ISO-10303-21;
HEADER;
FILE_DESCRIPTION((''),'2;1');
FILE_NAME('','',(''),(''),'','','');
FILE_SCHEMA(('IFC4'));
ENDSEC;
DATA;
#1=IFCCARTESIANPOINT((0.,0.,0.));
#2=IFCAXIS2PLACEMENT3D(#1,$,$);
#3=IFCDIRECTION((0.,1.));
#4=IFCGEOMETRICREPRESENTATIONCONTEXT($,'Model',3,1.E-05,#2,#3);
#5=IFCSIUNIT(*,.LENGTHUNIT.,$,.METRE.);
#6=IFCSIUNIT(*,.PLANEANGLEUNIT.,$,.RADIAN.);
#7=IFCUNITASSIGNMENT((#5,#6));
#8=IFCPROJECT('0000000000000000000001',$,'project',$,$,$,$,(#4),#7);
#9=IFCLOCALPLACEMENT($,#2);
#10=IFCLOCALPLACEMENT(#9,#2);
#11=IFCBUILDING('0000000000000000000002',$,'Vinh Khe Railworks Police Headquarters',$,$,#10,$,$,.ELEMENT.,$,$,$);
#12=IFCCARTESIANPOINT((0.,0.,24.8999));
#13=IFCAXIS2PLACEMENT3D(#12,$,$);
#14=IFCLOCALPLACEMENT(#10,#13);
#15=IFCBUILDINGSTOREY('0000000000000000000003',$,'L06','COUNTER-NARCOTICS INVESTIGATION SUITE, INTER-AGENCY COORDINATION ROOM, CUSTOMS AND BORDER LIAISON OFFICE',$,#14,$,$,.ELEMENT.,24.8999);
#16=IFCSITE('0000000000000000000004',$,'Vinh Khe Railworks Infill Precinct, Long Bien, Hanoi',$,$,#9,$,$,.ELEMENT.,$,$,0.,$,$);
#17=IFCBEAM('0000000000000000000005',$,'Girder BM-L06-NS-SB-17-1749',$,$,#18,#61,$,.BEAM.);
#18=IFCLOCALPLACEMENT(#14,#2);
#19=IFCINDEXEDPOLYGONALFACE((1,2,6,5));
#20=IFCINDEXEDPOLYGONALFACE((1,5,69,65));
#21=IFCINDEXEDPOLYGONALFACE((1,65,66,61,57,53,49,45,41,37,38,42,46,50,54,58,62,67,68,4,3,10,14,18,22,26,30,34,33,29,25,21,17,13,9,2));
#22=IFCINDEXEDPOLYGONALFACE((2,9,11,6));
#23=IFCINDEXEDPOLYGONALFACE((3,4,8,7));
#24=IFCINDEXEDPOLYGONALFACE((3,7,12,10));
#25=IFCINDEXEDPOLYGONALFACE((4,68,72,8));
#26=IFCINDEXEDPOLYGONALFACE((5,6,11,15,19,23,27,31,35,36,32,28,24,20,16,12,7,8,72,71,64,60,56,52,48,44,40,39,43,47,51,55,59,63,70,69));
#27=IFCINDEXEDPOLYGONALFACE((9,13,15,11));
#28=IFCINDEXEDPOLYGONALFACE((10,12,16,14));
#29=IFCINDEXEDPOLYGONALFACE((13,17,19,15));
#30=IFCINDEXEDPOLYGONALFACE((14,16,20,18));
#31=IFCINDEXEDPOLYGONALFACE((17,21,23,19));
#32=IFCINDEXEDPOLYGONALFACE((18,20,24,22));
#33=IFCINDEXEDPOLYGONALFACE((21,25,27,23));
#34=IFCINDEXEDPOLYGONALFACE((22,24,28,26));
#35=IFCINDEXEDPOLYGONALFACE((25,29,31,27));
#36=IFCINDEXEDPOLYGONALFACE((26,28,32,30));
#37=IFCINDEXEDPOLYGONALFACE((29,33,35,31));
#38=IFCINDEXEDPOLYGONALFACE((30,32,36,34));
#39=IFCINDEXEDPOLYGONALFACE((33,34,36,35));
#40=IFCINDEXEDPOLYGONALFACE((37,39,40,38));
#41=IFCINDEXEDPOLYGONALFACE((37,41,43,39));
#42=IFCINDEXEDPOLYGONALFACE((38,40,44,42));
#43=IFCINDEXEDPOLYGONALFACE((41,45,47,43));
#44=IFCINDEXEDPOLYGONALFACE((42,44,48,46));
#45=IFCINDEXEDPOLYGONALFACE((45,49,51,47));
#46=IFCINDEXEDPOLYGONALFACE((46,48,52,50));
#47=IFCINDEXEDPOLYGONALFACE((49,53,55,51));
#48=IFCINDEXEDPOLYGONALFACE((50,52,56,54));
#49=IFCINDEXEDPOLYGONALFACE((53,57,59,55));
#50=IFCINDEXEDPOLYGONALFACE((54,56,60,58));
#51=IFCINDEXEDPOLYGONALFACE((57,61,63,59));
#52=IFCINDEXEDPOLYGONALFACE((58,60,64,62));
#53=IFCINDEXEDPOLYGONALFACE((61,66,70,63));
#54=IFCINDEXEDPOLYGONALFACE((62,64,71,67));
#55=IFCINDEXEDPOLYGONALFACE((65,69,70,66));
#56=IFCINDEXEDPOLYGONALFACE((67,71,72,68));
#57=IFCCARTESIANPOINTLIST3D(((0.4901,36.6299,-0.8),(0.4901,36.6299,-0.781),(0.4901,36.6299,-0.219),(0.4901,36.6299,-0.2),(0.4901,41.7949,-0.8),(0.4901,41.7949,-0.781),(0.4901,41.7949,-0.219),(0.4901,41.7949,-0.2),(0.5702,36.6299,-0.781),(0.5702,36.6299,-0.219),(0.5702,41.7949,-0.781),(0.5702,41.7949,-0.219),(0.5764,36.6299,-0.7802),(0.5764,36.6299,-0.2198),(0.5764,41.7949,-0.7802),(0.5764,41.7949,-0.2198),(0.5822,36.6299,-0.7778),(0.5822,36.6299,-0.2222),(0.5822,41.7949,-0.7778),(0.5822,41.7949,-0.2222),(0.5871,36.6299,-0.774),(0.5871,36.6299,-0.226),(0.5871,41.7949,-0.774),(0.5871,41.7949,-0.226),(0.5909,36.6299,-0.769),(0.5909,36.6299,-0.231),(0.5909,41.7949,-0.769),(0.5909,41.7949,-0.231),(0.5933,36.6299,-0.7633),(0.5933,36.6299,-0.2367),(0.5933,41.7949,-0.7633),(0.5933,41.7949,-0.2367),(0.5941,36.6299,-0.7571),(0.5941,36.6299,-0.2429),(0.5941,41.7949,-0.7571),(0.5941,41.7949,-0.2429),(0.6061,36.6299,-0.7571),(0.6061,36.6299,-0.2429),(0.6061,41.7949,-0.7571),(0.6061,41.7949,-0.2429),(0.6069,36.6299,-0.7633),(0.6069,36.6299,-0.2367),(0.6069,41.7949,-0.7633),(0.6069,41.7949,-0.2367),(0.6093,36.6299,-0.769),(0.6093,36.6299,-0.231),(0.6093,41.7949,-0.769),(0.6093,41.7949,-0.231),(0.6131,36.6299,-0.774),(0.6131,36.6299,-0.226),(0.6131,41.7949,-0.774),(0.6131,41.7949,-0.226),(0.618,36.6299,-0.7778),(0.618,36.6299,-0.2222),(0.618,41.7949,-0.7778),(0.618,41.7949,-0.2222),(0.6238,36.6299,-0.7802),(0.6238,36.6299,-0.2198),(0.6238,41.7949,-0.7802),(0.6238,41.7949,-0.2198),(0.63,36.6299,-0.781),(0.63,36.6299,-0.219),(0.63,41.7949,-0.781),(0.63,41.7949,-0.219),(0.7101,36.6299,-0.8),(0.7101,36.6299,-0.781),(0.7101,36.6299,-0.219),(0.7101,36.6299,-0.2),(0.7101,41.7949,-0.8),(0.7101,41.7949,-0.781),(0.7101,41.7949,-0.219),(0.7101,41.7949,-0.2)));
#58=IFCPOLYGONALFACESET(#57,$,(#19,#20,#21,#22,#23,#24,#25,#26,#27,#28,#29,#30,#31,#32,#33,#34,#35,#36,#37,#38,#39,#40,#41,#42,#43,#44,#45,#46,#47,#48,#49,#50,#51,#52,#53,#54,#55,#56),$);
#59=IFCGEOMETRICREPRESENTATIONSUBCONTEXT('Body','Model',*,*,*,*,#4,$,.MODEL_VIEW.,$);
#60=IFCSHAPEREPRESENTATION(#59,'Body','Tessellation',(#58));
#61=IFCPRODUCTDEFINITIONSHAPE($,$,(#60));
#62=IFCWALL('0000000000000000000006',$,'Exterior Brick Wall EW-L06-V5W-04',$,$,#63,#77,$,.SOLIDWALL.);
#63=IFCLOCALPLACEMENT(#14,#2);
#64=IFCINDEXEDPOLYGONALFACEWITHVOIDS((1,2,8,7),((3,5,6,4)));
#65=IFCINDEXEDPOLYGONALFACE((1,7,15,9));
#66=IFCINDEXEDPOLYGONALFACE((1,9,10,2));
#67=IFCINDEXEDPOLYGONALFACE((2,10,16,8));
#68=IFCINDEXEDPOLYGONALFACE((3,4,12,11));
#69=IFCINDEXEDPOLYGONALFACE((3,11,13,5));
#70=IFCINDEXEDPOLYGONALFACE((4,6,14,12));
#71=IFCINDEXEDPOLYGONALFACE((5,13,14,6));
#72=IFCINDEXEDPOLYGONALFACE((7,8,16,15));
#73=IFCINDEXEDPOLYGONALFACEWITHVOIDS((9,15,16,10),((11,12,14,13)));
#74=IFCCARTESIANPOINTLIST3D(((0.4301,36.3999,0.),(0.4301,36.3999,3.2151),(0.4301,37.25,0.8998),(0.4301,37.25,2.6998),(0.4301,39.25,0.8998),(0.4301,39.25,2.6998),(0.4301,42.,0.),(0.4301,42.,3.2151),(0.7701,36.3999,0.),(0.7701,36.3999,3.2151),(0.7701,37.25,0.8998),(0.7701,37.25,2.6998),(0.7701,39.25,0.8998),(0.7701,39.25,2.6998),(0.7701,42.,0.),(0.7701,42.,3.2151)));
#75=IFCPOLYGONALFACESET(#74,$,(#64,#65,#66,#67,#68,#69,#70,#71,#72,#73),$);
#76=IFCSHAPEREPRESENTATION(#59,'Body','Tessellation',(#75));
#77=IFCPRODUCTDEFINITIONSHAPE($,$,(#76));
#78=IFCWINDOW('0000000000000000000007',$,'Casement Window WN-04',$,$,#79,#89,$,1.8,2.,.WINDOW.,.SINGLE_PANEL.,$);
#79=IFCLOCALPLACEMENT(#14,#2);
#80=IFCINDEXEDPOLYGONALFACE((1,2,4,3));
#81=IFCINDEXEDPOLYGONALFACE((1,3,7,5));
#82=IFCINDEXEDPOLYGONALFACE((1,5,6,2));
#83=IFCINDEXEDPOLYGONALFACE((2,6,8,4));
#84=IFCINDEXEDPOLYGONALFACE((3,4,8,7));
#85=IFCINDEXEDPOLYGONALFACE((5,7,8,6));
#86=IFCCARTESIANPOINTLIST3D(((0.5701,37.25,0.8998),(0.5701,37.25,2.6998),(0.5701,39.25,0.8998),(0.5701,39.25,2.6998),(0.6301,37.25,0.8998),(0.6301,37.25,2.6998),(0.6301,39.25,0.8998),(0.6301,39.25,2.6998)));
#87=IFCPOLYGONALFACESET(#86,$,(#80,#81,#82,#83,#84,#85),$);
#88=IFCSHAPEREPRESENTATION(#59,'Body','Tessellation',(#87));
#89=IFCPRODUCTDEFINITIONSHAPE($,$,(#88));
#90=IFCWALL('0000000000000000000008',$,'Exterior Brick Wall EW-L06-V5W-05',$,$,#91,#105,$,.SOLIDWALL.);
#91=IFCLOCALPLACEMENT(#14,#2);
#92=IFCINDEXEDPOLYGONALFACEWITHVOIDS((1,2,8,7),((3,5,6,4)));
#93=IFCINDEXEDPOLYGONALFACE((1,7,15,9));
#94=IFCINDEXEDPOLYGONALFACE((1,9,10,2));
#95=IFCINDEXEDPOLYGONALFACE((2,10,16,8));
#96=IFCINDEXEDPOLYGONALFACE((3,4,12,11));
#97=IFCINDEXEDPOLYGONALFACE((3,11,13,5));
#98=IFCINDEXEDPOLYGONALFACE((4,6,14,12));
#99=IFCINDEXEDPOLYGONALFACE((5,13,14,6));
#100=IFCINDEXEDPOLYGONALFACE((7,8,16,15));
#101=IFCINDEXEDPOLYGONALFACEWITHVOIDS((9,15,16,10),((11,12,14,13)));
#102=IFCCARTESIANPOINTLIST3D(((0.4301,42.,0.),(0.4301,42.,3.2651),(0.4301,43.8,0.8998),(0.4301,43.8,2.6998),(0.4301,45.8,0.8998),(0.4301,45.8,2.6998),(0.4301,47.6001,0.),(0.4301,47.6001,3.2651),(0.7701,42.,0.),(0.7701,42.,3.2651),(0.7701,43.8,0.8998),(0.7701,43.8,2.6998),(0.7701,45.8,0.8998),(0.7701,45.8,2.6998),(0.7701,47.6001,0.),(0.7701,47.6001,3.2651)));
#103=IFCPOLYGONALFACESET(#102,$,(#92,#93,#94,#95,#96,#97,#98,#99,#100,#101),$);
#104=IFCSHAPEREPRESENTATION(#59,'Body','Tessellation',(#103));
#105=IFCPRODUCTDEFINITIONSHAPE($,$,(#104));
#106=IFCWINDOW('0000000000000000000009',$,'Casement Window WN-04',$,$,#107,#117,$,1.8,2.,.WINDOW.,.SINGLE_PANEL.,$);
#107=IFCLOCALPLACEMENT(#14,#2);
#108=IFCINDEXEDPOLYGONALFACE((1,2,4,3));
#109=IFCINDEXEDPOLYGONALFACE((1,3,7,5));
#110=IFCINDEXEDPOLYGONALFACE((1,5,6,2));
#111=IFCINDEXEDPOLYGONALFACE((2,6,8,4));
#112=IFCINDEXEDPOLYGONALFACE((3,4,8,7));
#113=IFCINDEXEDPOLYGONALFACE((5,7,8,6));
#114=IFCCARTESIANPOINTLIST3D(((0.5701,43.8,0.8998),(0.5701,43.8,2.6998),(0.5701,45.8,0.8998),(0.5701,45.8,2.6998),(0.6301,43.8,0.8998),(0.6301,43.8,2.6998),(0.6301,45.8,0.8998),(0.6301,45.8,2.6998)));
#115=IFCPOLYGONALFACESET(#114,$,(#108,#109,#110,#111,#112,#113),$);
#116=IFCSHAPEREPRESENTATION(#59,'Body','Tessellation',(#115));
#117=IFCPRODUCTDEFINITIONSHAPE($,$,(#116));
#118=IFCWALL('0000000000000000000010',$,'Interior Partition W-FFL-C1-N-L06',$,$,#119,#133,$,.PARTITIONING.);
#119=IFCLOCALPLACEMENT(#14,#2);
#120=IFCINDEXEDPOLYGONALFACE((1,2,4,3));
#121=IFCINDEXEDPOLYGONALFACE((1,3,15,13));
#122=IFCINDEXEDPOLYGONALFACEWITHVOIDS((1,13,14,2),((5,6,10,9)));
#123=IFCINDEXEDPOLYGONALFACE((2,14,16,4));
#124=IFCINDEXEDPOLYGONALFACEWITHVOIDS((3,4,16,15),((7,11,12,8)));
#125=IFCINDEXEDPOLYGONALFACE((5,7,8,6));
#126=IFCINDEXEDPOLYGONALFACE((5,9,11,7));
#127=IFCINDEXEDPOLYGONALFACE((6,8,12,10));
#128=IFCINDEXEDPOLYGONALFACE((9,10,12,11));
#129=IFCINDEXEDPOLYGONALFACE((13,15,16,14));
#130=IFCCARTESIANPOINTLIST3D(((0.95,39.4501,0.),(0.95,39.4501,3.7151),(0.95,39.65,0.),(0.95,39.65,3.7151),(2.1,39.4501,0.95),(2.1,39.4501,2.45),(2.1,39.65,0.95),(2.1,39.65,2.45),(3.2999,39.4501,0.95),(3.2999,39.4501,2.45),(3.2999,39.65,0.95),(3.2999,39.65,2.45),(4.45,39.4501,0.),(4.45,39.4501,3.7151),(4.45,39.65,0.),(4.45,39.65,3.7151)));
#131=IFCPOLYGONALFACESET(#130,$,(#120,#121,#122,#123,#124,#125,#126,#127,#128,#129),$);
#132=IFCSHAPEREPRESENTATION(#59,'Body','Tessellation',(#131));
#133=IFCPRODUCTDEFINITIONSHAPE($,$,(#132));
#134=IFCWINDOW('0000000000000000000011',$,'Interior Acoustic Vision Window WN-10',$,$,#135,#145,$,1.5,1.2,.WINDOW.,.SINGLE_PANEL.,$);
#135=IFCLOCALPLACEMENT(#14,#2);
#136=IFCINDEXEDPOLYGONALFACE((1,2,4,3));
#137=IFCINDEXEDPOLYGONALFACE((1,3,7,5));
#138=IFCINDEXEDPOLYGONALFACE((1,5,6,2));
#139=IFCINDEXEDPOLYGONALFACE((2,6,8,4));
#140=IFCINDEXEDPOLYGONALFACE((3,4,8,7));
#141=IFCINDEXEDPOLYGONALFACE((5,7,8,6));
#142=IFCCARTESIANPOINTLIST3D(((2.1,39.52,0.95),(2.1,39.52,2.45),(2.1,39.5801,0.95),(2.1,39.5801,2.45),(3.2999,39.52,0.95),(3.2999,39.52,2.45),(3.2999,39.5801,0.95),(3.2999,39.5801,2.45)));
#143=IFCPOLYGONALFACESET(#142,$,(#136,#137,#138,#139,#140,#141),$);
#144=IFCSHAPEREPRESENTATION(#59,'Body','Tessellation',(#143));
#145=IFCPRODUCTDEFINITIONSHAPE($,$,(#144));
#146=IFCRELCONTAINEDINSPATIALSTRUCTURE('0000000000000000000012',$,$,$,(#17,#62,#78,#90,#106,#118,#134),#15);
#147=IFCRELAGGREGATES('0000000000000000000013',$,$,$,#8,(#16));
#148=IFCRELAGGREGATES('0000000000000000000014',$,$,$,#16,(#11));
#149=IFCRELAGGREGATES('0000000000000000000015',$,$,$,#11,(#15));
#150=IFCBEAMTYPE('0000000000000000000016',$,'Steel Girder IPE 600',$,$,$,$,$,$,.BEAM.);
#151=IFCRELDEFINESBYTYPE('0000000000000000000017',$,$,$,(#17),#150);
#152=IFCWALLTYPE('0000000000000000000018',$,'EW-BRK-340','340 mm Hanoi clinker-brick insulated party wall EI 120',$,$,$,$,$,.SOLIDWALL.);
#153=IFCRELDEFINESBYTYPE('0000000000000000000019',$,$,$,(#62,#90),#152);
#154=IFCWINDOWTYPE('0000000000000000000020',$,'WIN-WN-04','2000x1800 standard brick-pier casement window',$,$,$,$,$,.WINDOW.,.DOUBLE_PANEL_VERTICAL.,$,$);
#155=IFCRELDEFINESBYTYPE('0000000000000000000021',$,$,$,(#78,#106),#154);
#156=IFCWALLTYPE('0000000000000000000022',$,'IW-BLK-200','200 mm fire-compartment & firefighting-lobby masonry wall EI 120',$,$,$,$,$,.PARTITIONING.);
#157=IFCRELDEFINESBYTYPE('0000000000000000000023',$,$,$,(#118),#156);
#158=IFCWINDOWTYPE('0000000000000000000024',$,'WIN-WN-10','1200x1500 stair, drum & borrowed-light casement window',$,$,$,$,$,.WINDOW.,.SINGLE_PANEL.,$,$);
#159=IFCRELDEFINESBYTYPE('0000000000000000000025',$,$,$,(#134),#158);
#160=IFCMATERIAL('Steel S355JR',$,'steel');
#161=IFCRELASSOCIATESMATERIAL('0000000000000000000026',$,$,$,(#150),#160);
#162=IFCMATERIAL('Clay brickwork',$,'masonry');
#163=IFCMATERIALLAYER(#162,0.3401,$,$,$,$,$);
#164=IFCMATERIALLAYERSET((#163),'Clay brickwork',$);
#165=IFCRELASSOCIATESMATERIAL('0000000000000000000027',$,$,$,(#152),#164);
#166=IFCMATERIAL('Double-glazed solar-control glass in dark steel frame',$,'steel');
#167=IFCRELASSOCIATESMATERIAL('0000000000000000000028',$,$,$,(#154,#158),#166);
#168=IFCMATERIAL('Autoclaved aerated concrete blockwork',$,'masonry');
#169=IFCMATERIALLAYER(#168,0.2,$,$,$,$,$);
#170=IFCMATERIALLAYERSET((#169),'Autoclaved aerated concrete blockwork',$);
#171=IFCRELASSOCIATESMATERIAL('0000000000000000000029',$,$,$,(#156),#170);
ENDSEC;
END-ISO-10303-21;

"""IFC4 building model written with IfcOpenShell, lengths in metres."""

from ifc_helpers import new_model, si_unit, direction, frame, frame_2d, origin, origin_2d, place, context, subcontext, project, spatial, rectangle, i_section, extrude, material, layer, layer_set, material_profile, profile_set, type_object, element, fill, save


model = new_model("IFC4")

# Units and contexts
model_context = context("Model", 3, precision=1e-05, world=origin(), true_north=direction((0.0, 1.0)))
body_context = subcontext(model_context, "Body", "Model", "MODEL_VIEW")
ifc_project = project(units=[si_unit("LENGTHUNIT", "METRE"), si_unit("PLANEANGLEUNIT", "RADIAN")], contexts=[model_context])

# Site, building, storey
site_placement = place(None, origin())
site = spatial("IfcSite", under=ifc_project, at=site_placement, Name="Vinh Khe Railworks Infill Precinct, Long Bien, Hanoi", CompositionType="ELEMENT", RefElevation=0.0)
building_placement = place(site_placement, origin())
building = spatial("IfcBuilding", under=site, at=building_placement, Name="Vinh Khe Railworks Police Headquarters", CompositionType="ELEMENT")
storey_placement = place(building_placement, frame((0.0, 0.0, 24.8999)))
storey = spatial("IfcBuildingStorey", under=building, at=storey_placement, Name="L06", Description="COUNTER-NARCOTICS INVESTIGATION SUITE, INTER-AGENCY COORDINATION ROOM, CUSTOMS AND BORDER LIAISON OFFICE", CompositionType="ELEMENT", Elevation=24.8999)

# Shared definitions
ifc_material_1 = material(Name="Steel S355JR", Category="steel")

# Beam
ifc_material_profile_1 = material_profile(ifc_material_1, i_section(OverallWidth=0.22, OverallDepth=0.6001, WebThickness=0.012, FlangeThickness=0.019, FilletRadius=0.0239, at=origin_2d()), Name="IPE 600")
ifc_profile_set_1 = profile_set([ifc_material_profile_1], Name="Steel S355JR")
beam_type_1 = type_object("IfcBeamType", Name="Steel Girder IPE 600", PredefinedType="BEAM", material=ifc_profile_set_1)
beam_1_placement = place(storey_placement, frame((0.6001, 36.6299, -0.5), z_axis=(0.0, 1.0, 0.0), x_axis=(-1.0, 0.0, 0.0)))
element("IfcBeam", 1, at=beam_1_placement, inside=storey, type_object=beam_type_1, Name="Girder BM-L06-NS-SB-17-1749", PredefinedType="BEAM", context=body_context, shape_type="SweptSolid", body=[
    extrude(i_section(OverallWidth=0.22, OverallDepth=0.6001, WebThickness=0.012, FlangeThickness=0.019, FilletRadius=0.0239, at=origin_2d()), origin(), (0.0, 0.0, 1.0), 5.165),
])

# Walls, openings, windows
ifc_material_2 = material(Name="Clay brickwork", Category="masonry")
ifc_layer_1 = layer(ifc_material_2, 0.3401)
ifc_layer_set_1 = layer_set([ifc_layer_1], Name="Clay brickwork")
wall_type_1 = type_object("IfcWallType", Name="EW-BRK-340", Description="340 mm Hanoi clinker-brick insulated party wall EI 120", PredefinedType="SOLIDWALL", material=ifc_layer_set_1)
wall_1_placement = place(storey_placement, frame((0.6001, 36.3999, 0.0), z_axis=(0.0, 0.0, 1.0), x_axis=(0.0, 1.0, 0.0)))
wall_1 = element("IfcWall", 2, at=wall_1_placement, inside=storey, type_object=wall_type_1, Name="Exterior Brick Wall EW-L06-V5W-04", PredefinedType="SOLIDWALL", context=body_context, shape_type="SweptSolid", body=[
    extrude(rectangle(XDim=5.6001, YDim=0.3401, at=frame_2d((2.8, 0.0))), origin(), (0.0, 0.0, 1.0), 3.2151),
])
opening_1_placement = place(wall_1_placement, frame((0.8501, 0.0, 0.8999)))
opening_1 = element("IfcOpeningElement", 3, at=opening_1_placement, cuts=wall_1, PredefinedType="OPENING", context=body_context, shape_type="SweptSolid", body=[
    extrude(rectangle(XDim=2.0, YDim=1.8, at=frame_2d((1.0, 0.8999))), frame((0.0, 0.1851, 0.0), z_axis=(0.0, -1.0, 0.0), x_axis=(1.0, 0.0, 0.0)), (0.0, 0.0, 1.0), 0.3699),
])
ifc_material_3 = material(Name="Double-glazed solar-control glass in dark steel frame", Category="steel")
window_type_1 = type_object("IfcWindowType", Name="WIN-WN-04", Description="2000x1800 standard brick-pier casement window", PartitioningType="DOUBLE_PANEL_VERTICAL", PredefinedType="WINDOW", material=ifc_material_3)
window_1_placement = place(opening_1_placement, origin())
window_1 = element("IfcWindow", 4, at=window_1_placement, inside=storey, type_object=window_type_1, Name="Casement Window WN-04", OverallHeight=1.8, OverallWidth=2.0, PartitioningType="SINGLE_PANEL", PredefinedType="WINDOW", context=body_context, shape_type="SweptSolid", body=[
    extrude(rectangle(XDim=2.0, YDim=1.8, at=frame_2d((1.0, 0.8999))), frame((0.0, 0.03, 0.0), z_axis=(0.0, -1.0, 0.0), x_axis=(1.0, 0.0, 0.0)), (0.0, 0.0, 1.0), 0.0601),
])
fill(opening_1, window_1)
wall_2_placement = place(storey_placement, frame((0.6001, 42.0, 0.0), z_axis=(0.0, 0.0, 1.0), x_axis=(0.0, 1.0, 0.0)))
wall_2 = element("IfcWall", 5, at=wall_2_placement, inside=storey, type_object=wall_type_1, Name="Exterior Brick Wall EW-L06-V5W-05", PredefinedType="SOLIDWALL", context=body_context, shape_type="SweptSolid", body=[
    extrude(rectangle(XDim=5.6001, YDim=0.3401, at=frame_2d((2.8, 0.0))), origin(), (0.0, 0.0, 1.0), 3.2651),
])
opening_2_placement = place(wall_2_placement, frame((1.8, 0.0, 0.8999)))
opening_2 = element("IfcOpeningElement", 6, at=opening_2_placement, cuts=wall_2, PredefinedType="OPENING", context=body_context, shape_type="SweptSolid", body=[
    extrude(rectangle(XDim=2.0, YDim=1.8, at=frame_2d((1.0, 0.8999))), frame((0.0, 0.1851, 0.0), z_axis=(0.0, -1.0, 0.0), x_axis=(1.0, 0.0, 0.0)), (0.0, 0.0, 1.0), 0.3699),
])
window_2_placement = place(opening_2_placement, origin())
window_2 = element("IfcWindow", 7, at=window_2_placement, inside=storey, type_object=window_type_1, Name="Casement Window WN-04", OverallHeight=1.8, OverallWidth=2.0, PartitioningType="SINGLE_PANEL", PredefinedType="WINDOW", context=body_context, shape_type="SweptSolid", body=[
    extrude(rectangle(XDim=2.0, YDim=1.8, at=frame_2d((1.0, 0.8999))), frame((0.0, 0.03, 0.0), z_axis=(0.0, -1.0, 0.0), x_axis=(1.0, 0.0, 0.0)), (0.0, 0.0, 1.0), 0.0601),
])
fill(opening_2, window_2)
ifc_material_4 = material(Name="Autoclaved aerated concrete blockwork", Category="masonry")
ifc_layer_2 = layer(ifc_material_4, 0.2)
ifc_layer_set_2 = layer_set([ifc_layer_2], Name="Autoclaved aerated concrete blockwork")
wall_type_2 = type_object("IfcWallType", Name="IW-BLK-200", Description="200 mm fire-compartment & firefighting-lobby masonry wall EI 120", PredefinedType="PARTITIONING", material=ifc_layer_set_2)
wall_3_placement = place(storey_placement, frame((0.95, 39.55, 0.0), z_axis=(0.0, 0.0, 1.0), x_axis=(1.0, 0.0, 0.0)))
wall_3 = element("IfcWall", 8, at=wall_3_placement, inside=storey, type_object=wall_type_2, Name="Interior Partition W-FFL-C1-N-L06", PredefinedType="PARTITIONING", context=body_context, shape_type="SweptSolid", body=[
    extrude(rectangle(XDim=3.5, YDim=0.2, at=frame_2d((1.75, 0.0))), origin(), (0.0, 0.0, 1.0), 3.7151),
])
opening_3_placement = place(wall_3_placement, frame((1.1499, 0.0, 0.95)))
opening_3 = element("IfcOpeningElement", 9, at=opening_3_placement, cuts=wall_3, PredefinedType="OPENING", context=body_context, shape_type="SweptSolid", body=[
    extrude(rectangle(XDim=1.2, YDim=1.5, at=frame_2d((0.6001, 0.75))), frame((0.0, 0.1147, 0.0), z_axis=(0.0, -1.0, 0.0), x_axis=(1.0, 0.0, 0.0)), (0.0, 0.0, 1.0), 0.2297),
])
window_type_2 = type_object("IfcWindowType", Name="WIN-WN-10", Description="1200x1500 stair, drum & borrowed-light casement window", PartitioningType="SINGLE_PANEL", PredefinedType="WINDOW", material=ifc_material_3)
window_3_placement = place(opening_3_placement, origin())
window_3 = element("IfcWindow", 10, at=window_3_placement, inside=storey, type_object=window_type_2, Name="Interior Acoustic Vision Window WN-10", OverallHeight=1.5, OverallWidth=1.2, PartitioningType="SINGLE_PANEL", PredefinedType="WINDOW", context=body_context, shape_type="SweptSolid", body=[
    extrude(rectangle(XDim=1.2, YDim=1.5, at=frame_2d((0.6001, 0.75))), frame((0.0, 0.03, 0.0), z_axis=(0.0, -1.0, 0.0), x_axis=(1.0, 0.0, 0.0)), (0.0, 0.0, 1.0), 0.0601),
])
fill(opening_3, window_3)

save(model, "model.ifc")
